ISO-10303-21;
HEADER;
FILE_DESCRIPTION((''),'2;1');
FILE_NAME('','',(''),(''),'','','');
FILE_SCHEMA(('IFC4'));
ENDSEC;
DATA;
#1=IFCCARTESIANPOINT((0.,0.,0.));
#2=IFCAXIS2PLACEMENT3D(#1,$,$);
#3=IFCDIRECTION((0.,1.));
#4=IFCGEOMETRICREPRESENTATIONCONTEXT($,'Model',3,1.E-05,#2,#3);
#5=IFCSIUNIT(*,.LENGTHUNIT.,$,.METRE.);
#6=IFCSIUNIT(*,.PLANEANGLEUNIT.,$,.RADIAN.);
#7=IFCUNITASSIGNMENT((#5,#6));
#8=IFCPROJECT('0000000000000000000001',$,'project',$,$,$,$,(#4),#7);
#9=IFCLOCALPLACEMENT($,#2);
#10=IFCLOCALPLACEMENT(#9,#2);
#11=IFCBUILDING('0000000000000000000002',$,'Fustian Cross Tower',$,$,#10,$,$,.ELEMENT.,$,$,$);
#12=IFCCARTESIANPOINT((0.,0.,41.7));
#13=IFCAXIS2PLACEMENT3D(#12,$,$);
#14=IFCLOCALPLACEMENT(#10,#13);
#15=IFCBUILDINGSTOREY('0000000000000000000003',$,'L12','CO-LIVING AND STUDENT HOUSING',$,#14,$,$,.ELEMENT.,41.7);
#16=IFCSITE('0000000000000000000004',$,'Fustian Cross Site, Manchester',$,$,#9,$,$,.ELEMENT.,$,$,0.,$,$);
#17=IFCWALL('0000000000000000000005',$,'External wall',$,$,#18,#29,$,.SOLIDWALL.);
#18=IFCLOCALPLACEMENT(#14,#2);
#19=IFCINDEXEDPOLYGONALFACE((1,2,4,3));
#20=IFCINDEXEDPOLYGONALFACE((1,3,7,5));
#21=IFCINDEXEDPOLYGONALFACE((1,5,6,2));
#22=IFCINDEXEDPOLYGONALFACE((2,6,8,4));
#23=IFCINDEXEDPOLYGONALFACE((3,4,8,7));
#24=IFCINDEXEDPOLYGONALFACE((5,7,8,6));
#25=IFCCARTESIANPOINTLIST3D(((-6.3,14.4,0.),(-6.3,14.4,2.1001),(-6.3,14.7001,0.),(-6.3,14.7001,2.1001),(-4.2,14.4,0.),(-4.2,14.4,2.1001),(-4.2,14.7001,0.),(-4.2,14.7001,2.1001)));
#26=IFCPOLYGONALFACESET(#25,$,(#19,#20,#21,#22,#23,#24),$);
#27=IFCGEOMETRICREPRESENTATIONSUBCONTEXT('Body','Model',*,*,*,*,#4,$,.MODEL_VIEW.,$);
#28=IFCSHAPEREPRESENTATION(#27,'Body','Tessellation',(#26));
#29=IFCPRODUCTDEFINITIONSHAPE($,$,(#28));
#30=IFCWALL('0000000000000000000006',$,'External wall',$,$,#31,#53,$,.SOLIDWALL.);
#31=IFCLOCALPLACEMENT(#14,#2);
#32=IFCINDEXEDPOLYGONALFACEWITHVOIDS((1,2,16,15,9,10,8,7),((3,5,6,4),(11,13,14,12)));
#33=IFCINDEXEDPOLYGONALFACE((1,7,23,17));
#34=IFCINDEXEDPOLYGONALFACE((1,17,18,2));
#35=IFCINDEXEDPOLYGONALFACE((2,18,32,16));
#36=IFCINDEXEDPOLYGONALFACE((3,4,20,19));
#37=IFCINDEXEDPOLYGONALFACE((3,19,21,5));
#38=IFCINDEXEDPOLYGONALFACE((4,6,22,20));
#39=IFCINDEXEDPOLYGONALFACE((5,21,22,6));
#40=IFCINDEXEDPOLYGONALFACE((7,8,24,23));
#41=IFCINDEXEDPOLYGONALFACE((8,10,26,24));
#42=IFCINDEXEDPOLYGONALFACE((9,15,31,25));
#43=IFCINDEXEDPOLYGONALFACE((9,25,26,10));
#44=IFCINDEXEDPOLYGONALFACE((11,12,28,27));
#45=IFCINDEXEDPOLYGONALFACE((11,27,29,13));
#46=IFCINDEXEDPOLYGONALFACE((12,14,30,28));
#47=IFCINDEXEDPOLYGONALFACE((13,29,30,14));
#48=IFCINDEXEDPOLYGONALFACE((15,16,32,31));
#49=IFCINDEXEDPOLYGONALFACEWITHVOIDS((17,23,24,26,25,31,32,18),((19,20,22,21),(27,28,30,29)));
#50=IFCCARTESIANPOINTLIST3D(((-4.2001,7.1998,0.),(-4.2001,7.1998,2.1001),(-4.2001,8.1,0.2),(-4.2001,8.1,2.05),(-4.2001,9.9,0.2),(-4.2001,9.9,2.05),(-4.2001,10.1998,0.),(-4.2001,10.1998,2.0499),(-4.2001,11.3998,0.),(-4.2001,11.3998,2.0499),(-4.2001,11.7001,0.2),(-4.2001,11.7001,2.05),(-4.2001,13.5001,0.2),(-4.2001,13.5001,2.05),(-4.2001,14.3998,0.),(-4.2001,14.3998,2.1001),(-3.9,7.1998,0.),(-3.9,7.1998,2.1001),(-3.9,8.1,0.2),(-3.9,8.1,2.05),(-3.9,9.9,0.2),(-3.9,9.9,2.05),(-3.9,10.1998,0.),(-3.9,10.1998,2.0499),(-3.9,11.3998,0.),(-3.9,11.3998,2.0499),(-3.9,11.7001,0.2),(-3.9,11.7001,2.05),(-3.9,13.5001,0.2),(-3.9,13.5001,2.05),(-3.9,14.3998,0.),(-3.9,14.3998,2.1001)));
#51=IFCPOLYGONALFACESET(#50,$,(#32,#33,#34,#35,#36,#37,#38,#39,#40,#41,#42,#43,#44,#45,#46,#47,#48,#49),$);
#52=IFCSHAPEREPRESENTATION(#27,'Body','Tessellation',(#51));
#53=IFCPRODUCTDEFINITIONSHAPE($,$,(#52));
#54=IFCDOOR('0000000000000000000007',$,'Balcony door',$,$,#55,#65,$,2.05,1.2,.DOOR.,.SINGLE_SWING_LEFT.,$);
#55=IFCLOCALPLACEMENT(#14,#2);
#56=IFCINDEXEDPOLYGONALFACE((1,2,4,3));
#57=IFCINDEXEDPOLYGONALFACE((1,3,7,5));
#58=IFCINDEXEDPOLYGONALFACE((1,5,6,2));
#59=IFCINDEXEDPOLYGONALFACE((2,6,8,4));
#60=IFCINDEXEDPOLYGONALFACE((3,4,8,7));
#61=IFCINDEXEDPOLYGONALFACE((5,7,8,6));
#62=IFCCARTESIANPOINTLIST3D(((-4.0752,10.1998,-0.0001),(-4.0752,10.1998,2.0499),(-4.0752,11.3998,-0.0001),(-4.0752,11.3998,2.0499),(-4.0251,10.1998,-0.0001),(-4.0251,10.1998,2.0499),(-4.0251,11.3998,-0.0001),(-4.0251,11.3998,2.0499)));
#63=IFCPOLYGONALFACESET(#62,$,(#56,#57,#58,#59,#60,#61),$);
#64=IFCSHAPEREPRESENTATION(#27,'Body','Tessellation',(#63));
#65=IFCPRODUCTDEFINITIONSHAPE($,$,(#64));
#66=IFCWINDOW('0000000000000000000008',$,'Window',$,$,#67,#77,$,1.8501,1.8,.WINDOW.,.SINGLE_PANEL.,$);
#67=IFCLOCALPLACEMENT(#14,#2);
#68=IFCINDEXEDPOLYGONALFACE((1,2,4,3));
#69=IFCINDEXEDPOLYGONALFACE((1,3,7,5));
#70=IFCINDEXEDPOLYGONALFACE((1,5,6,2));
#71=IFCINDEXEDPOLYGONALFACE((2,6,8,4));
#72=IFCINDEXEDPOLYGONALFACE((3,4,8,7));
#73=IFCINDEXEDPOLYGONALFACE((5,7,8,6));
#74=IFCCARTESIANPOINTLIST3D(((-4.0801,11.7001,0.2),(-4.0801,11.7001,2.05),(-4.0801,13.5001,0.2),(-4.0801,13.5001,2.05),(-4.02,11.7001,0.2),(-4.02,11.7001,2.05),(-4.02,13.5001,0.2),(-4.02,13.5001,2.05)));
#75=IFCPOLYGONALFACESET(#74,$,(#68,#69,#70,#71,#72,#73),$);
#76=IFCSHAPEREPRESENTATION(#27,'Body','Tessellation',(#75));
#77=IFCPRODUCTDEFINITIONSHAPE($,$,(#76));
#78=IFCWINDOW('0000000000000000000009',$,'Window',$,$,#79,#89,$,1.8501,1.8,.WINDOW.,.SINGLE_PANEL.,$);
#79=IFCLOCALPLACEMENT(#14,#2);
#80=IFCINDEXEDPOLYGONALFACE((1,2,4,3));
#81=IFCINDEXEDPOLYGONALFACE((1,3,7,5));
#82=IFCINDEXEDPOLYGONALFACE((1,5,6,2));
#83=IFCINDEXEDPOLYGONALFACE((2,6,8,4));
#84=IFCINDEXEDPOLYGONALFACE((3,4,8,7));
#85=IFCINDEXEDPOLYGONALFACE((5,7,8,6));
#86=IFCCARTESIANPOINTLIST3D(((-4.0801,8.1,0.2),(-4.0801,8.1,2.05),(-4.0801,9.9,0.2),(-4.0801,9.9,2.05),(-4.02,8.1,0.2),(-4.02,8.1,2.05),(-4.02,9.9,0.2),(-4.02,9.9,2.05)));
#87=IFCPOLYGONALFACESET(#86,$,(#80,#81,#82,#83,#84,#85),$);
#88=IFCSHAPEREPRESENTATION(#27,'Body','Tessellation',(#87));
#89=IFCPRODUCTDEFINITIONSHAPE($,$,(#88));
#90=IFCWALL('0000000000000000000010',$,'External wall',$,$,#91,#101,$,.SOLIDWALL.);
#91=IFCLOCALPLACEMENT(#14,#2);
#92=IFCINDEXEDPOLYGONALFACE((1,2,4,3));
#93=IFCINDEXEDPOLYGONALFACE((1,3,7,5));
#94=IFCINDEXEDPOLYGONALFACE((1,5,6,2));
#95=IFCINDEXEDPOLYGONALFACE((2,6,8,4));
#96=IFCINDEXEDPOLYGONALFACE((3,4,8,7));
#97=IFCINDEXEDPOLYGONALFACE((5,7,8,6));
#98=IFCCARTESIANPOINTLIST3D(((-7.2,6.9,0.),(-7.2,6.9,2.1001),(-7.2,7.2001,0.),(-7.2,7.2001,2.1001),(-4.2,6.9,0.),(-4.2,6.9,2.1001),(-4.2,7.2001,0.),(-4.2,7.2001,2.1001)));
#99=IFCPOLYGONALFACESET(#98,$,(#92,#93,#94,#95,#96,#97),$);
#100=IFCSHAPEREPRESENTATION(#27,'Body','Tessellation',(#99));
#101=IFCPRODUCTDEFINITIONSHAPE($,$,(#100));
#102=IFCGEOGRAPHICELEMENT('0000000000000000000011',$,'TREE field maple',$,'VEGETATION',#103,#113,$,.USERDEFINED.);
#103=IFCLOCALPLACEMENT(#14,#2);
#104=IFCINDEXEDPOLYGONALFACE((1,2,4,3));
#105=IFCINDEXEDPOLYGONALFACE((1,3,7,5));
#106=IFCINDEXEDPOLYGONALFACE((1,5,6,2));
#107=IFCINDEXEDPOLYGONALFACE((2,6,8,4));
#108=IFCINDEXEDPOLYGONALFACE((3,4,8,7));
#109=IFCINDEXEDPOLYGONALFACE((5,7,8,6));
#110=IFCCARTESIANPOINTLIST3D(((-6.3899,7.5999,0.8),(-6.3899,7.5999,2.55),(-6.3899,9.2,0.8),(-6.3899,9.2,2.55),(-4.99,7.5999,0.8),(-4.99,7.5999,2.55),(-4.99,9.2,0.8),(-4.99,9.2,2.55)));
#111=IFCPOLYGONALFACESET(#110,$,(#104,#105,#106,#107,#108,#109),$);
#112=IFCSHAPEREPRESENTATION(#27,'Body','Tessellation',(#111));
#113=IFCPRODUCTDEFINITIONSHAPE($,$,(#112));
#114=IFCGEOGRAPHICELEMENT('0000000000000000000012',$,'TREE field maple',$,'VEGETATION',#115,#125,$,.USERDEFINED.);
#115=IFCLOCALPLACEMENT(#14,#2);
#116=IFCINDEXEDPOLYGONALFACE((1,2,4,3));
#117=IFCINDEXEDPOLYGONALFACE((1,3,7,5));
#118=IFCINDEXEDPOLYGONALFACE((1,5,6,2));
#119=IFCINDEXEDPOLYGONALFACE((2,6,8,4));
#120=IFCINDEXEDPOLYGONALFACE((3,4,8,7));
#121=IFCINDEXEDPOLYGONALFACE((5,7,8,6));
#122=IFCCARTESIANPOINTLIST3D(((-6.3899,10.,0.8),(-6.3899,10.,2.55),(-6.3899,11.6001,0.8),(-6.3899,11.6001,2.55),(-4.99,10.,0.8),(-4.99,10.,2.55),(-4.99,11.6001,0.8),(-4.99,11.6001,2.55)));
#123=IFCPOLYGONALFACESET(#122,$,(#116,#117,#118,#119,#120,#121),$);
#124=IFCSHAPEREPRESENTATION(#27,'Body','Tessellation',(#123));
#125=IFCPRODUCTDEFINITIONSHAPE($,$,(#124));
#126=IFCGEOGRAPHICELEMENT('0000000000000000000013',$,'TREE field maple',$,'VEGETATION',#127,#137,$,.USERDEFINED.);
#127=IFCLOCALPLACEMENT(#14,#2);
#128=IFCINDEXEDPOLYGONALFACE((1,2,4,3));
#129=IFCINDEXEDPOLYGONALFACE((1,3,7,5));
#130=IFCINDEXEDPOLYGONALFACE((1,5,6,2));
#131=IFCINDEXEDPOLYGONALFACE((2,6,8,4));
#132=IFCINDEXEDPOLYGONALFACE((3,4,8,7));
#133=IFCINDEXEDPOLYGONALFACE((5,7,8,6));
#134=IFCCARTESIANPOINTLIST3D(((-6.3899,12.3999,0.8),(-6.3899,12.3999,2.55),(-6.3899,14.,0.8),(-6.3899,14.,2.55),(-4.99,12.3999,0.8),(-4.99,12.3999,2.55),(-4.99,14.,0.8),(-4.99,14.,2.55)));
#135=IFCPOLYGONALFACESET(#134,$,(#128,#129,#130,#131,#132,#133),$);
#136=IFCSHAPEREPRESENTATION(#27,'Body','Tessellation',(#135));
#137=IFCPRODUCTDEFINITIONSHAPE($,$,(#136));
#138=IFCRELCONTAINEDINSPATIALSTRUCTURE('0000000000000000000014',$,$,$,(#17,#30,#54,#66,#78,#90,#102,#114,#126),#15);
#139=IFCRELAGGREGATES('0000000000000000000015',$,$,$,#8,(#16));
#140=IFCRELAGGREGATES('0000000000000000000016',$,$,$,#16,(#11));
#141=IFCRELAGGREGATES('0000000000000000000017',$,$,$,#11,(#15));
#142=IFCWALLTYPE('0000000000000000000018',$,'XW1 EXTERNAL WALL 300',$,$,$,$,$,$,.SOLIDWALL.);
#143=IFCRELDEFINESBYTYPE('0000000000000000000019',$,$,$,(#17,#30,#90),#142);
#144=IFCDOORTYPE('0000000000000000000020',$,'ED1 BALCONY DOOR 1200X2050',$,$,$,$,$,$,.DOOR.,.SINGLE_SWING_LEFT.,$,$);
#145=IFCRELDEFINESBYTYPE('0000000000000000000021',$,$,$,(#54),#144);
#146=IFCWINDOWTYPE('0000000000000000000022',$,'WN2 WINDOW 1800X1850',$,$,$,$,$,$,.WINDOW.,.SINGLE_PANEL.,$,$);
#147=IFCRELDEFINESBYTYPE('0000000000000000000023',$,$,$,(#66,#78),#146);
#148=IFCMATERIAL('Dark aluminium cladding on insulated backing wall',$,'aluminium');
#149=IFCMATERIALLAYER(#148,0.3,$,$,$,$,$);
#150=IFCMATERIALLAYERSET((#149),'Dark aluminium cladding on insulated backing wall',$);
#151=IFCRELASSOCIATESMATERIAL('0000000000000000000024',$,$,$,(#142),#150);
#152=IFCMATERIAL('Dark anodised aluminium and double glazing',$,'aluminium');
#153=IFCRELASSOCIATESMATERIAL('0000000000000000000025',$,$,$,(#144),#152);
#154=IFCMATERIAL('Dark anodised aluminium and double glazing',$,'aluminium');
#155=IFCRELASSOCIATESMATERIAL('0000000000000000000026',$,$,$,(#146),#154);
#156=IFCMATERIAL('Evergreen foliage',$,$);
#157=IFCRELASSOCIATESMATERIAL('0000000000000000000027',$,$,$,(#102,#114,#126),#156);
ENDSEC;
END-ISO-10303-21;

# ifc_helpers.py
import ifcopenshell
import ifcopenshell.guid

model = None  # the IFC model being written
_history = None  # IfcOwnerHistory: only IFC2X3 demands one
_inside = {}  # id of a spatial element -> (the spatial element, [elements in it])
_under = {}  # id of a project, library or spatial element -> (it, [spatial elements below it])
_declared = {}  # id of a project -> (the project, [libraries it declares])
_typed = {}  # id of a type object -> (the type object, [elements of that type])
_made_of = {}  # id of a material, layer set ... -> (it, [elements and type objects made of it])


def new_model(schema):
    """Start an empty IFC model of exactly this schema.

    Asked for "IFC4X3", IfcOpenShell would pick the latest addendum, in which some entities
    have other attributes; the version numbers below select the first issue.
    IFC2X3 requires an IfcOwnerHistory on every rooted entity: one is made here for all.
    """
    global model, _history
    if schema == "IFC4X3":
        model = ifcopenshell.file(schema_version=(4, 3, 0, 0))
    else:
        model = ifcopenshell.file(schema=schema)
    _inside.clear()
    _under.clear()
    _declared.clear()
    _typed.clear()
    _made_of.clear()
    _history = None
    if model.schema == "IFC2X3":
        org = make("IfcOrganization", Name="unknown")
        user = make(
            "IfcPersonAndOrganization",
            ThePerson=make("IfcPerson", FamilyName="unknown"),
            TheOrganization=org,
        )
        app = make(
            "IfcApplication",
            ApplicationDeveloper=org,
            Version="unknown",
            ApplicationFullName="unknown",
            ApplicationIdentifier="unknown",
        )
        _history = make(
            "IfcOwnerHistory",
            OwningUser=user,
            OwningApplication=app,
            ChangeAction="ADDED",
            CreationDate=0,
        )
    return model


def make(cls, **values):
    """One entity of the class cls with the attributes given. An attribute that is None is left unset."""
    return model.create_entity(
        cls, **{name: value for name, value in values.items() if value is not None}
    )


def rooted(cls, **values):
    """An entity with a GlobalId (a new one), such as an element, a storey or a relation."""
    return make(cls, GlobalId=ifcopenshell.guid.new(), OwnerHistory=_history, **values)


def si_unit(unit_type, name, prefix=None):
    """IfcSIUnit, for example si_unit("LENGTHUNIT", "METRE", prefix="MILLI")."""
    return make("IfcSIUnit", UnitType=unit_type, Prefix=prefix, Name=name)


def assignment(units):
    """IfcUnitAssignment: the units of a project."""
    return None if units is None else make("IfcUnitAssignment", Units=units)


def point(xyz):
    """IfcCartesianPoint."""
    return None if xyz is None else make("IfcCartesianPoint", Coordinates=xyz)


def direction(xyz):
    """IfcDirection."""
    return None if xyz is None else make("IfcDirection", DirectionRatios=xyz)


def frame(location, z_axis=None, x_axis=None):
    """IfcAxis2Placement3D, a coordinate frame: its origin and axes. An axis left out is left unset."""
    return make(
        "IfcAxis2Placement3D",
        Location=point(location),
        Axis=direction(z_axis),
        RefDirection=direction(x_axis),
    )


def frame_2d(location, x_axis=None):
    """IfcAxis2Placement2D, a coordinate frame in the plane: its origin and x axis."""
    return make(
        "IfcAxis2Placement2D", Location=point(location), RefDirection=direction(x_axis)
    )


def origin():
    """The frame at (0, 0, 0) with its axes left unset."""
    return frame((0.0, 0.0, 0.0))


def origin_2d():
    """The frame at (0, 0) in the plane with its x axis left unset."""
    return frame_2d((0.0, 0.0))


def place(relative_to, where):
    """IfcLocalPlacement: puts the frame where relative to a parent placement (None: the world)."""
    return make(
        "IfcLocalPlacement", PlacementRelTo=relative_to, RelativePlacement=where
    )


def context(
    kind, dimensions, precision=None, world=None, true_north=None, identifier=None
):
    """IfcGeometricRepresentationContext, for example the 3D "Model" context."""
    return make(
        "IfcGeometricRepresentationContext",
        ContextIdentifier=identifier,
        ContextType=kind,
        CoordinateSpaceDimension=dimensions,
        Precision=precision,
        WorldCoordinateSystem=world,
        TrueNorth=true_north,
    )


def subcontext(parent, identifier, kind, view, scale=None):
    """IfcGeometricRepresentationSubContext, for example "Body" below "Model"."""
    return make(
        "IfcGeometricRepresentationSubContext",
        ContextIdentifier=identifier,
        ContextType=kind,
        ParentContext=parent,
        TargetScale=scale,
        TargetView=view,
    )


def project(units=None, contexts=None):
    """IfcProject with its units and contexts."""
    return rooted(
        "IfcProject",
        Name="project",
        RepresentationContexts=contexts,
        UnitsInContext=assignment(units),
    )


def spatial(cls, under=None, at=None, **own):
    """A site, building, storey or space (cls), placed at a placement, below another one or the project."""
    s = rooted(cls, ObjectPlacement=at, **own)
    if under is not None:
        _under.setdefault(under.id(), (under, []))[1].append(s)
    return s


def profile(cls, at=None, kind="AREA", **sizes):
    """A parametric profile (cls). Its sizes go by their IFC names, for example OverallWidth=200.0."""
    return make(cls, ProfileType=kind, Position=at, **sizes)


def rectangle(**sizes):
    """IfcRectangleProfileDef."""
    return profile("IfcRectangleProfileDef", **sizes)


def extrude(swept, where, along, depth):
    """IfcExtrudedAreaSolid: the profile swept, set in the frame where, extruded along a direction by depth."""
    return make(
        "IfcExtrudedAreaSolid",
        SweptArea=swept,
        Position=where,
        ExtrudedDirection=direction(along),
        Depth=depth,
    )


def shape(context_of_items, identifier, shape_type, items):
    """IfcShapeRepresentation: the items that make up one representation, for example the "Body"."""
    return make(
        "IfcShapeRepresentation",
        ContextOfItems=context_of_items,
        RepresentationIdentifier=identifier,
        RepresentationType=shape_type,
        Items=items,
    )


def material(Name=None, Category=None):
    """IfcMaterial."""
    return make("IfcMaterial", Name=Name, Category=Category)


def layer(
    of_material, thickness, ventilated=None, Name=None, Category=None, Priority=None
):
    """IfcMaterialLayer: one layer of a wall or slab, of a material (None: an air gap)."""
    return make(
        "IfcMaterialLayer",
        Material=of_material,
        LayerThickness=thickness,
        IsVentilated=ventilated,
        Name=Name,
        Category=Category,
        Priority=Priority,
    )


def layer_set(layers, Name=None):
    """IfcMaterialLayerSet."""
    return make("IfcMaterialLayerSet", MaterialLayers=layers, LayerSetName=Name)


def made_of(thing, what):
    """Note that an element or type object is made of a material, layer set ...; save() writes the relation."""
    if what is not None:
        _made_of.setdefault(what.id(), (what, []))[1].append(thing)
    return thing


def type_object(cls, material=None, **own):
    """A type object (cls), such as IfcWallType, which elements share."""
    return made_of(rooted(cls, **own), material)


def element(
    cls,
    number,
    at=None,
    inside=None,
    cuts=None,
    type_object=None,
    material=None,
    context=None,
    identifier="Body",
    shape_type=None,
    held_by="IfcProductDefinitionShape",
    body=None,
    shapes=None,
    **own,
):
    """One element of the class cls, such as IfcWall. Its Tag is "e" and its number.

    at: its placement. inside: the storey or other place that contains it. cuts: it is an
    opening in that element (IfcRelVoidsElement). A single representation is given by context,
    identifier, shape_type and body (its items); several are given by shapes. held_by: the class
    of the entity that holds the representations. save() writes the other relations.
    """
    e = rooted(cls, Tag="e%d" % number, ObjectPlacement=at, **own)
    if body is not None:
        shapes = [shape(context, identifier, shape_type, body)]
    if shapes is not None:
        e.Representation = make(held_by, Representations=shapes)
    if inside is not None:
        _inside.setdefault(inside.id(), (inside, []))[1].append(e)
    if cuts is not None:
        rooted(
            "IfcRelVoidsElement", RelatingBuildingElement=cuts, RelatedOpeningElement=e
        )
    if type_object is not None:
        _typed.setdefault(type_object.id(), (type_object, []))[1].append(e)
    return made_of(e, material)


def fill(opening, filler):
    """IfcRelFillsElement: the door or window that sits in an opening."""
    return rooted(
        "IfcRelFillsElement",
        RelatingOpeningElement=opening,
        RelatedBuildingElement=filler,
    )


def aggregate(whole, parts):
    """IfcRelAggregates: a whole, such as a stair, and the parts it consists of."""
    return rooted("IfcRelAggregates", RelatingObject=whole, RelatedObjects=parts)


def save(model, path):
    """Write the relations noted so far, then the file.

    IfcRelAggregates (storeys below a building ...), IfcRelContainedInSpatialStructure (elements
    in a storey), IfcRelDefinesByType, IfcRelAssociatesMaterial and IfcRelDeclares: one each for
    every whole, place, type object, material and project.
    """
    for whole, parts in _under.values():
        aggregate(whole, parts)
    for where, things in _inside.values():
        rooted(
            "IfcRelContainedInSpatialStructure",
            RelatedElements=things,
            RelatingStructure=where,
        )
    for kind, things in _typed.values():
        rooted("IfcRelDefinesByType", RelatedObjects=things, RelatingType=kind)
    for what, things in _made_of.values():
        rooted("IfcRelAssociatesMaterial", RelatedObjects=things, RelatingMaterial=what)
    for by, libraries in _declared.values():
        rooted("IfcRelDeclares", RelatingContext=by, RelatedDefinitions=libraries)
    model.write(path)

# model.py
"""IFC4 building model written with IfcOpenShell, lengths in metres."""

from ifc_helpers import new_model, si_unit, direction, frame, frame_2d, origin, origin_2d, place, context, subcontext, project, spatial, rectangle, extrude, material, layer, layer_set, type_object, element, fill, save


model = new_model("IFC4")

# Units and contexts
model_context = context("Model", 3, precision=1e-05, world=origin(), true_north=direction((0.0, 1.0)))
body_context = subcontext(model_context, "Body", "Model", "MODEL_VIEW")
ifc_project = project(units=[si_unit("LENGTHUNIT", "METRE"), si_unit("PLANEANGLEUNIT", "RADIAN")], contexts=[model_context])

# Site, building, storey
site_placement = place(None, origin())
site = spatial("IfcSite", under=ifc_project, at=site_placement, Name="Fustian Cross Site, Manchester", CompositionType="ELEMENT", RefElevation=0.0)
building_placement = place(site_placement, origin())
building = spatial("IfcBuilding", under=site, at=building_placement, Name="Fustian Cross Tower", CompositionType="ELEMENT")
storey_placement = place(building_placement, frame((0.0, 0.0, 41.7)))
storey = spatial("IfcBuildingStorey", under=building, at=storey_placement, Name="L12", Description="CO-LIVING AND STUDENT HOUSING", CompositionType="ELEMENT", Elevation=41.7)

# Wall
ifc_material_1 = material(Name="Dark aluminium cladding on insulated backing wall", Category="aluminium")
ifc_layer_1 = layer(ifc_material_1, 0.3)
ifc_layer_set_1 = layer_set([ifc_layer_1], Name="Dark aluminium cladding on insulated backing wall")
wall_type_1 = type_object("IfcWallType", Name="XW1 EXTERNAL WALL 300", PredefinedType="SOLIDWALL", material=ifc_layer_set_1)
wall_1_placement = place(storey_placement, frame((-6.3, 14.55, 0.0), z_axis=(0.0, 0.0, 1.0), x_axis=(1.0, 0.0, 0.0)))
element("IfcWall", 1, at=wall_1_placement, inside=storey, type_object=wall_type_1, Name="External wall", PredefinedType="SOLIDWALL", context=body_context, shape_type="SweptSolid", body=[
    extrude(rectangle(XDim=2.1001, YDim=0.3, at=frame_2d((1.05, 0.0))), origin(), (0.0, 0.0, 1.0), 2.1001),
])

# Wall, openings, door, windows
wall_2_placement = place(storey_placement, frame((-4.05, 14.3999, 0.0), z_axis=(0.0, 0.0, 1.0), x_axis=(0.0, -1.0, 0.0)))
wall_2 = element("IfcWall", 2, at=wall_2_placement, inside=storey, type_object=wall_type_1, Name="External wall", PredefinedType="SOLIDWALL", context=body_context, shape_type="SweptSolid", body=[
    extrude(rectangle(XDim=7.2, YDim=0.3, at=frame_2d((3.6001, 0.0))), origin(), (0.0, 0.0, 1.0), 2.1001),
])
opening_1_placement = place(wall_2_placement, frame((3.0, 0.0, 0.0)))
opening_1 = element("IfcOpeningElement", 3, at=opening_1_placement, cuts=wall_2, PredefinedType="OPENING", context=body_context, shape_type="SweptSolid", body=[
    extrude(rectangle(XDim=1.2, YDim=2.05, at=frame_2d((0.6001, 1.0249))), frame((0.0, 0.1599, 0.0), z_axis=(0.0, -1.0, 0.0), x_axis=(1.0, 0.0, 0.0)), (0.0, 0.0, 1.0), 0.3201),
])
opening_2_placement = place(wall_2_placement, frame((0.8999, 0.0, 0.2)))
opening_2 = element("IfcOpeningElement", 4, at=opening_2_placement, cuts=wall_2, PredefinedType="OPENING", context=body_context, shape_type="SweptSolid", body=[
    extrude(rectangle(XDim=1.8, YDim=1.8501, at=frame_2d((0.8999, 0.925))), frame((0.0, 0.1599, 0.0), z_axis=(0.0, -1.0, 0.0), x_axis=(1.0, 0.0, 0.0)), (0.0, 0.0, 1.0), 0.3201),
])
opening_3_placement = place(wall_2_placement, frame((4.5, 0.0, 0.2)))
opening_3 = element("IfcOpeningElement", 5, at=opening_3_placement, cuts=wall_2, PredefinedType="OPENING", context=body_context, shape_type="SweptSolid", body=[
    extrude(rectangle(XDim=1.8, YDim=1.8501, at=frame_2d((0.8999, 0.925))), frame((0.0, 0.1599, 0.0), z_axis=(0.0, -1.0, 0.0), x_axis=(1.0, 0.0, 0.0)), (0.0, 0.0, 1.0), 0.3201),
])
ifc_material_2 = material(Name="Dark anodised aluminium and double glazing", Category="aluminium")
door_type_1 = type_object("IfcDoorType", Name="ED1 BALCONY DOOR 1200X2050", OperationType="SINGLE_SWING_LEFT", PredefinedType="DOOR", material=ifc_material_2)
door_1_placement = place(opening_1_placement, origin())
door_1 = element("IfcDoor", 6, at=door_1_placement, inside=storey, type_object=door_type_1, Name="Balcony door", OperationType="SINGLE_SWING_LEFT", OverallHeight=2.05, OverallWidth=1.2, PredefinedType="DOOR", context=body_context, shape_type="SweptSolid", body=[
    extrude(rectangle(XDim=1.2, YDim=2.05, at=frame_2d((0.6001, 1.0249))), frame((0.0, 0.0249, 0.0), z_axis=(0.0, -1.0, 0.0), x_axis=(1.0, 0.0, 0.0)), (0.0, 0.0, 1.0), 0.05),
])
fill(opening_1, door_1)
ifc_material_3 = material(Name="Dark anodised aluminium and double glazing", Category="aluminium")
window_type = type_object("IfcWindowType", Name="WN2 WINDOW 1800X1850", PartitioningType="SINGLE_PANEL", PredefinedType="WINDOW", material=ifc_material_3)
window_1_placement = place(opening_2_placement, origin())
window_1 = element("IfcWindow", 7, at=window_1_placement, inside=storey, type_object=window_type, Name="Window", OverallHeight=1.8501, OverallWidth=1.8, PartitioningType="SINGLE_PANEL", PredefinedType="WINDOW", context=body_context, shape_type="SweptSolid", body=[
    extrude(rectangle(XDim=1.8, YDim=1.8501, at=frame_2d((0.8999, 0.925))), frame((0.0, 0.03, 0.0), z_axis=(0.0, -1.0, 0.0), x_axis=(1.0, 0.0, 0.0)), (0.0, 0.0, 1.0), 0.0601),
])
fill(opening_2, window_1)
window_2_placement = place(opening_3_placement, origin())
window_2 = element("IfcWindow", 8, at=window_2_placement, inside=storey, type_object=window_type, Name="Window", OverallHeight=1.8501, OverallWidth=1.8, PartitioningType="SINGLE_PANEL", PredefinedType="WINDOW", context=body_context, shape_type="SweptSolid", body=[
    extrude(rectangle(XDim=1.8, YDim=1.8501, at=frame_2d((0.8999, 0.925))), frame((0.0, 0.03, 0.0), z_axis=(0.0, -1.0, 0.0), x_axis=(1.0, 0.0, 0.0)), (0.0, 0.0, 1.0), 0.0601),
])
fill(opening_3, window_2)

# Wall
wall_3_placement = place(storey_placement, frame((-4.2, 7.05, 0.0), z_axis=(0.0, 0.0, 1.0), x_axis=(-1.0, 0.0, 0.0)))
element("IfcWall", 9, at=wall_3_placement, inside=storey, type_object=wall_type_1, Name="External wall", PredefinedType="SOLIDWALL", context=body_context, shape_type="SweptSolid", body=[
    extrude(rectangle(XDim=3.0, YDim=0.3, at=frame_2d((1.5, 0.0))), origin(), (0.0, 0.0, 1.0), 2.1001),
])

# Geographic elements
ifc_material_4 = material(Name="Evergreen foliage")
for number, where, z_axis, x_axis, name in (
    (10, (-5.6899, 8.3999, 0.8), (0.0, 0.0, 1.0), (1.0, 0.0, 0.0), "TREE field maple"),
    (11, (-5.6899, 10.8, 0.8), (0.0, 0.0, 1.0), (1.0, 0.0, 0.0), "TREE field maple"),
    (12, (-5.6899, 13.2, 0.8), (0.0, 0.0, 1.0), (1.0, 0.0, 0.0), "TREE field maple"),
):
    element("IfcGeographicElement", number, at=place(storey_placement, frame(where, z_axis=z_axis, x_axis=x_axis)), inside=storey, material=ifc_material_4, Name=name, ObjectType="VEGETATION", PredefinedType="USERDEFINED", context=body_context, shape_type="SweptSolid", body=[
        extrude(rectangle(XDim=1.3999, YDim=1.6001, at=origin_2d()), origin(), (0.0, 0.0, 1.0), 1.75),
    ])

save(model, "model.ifc")
